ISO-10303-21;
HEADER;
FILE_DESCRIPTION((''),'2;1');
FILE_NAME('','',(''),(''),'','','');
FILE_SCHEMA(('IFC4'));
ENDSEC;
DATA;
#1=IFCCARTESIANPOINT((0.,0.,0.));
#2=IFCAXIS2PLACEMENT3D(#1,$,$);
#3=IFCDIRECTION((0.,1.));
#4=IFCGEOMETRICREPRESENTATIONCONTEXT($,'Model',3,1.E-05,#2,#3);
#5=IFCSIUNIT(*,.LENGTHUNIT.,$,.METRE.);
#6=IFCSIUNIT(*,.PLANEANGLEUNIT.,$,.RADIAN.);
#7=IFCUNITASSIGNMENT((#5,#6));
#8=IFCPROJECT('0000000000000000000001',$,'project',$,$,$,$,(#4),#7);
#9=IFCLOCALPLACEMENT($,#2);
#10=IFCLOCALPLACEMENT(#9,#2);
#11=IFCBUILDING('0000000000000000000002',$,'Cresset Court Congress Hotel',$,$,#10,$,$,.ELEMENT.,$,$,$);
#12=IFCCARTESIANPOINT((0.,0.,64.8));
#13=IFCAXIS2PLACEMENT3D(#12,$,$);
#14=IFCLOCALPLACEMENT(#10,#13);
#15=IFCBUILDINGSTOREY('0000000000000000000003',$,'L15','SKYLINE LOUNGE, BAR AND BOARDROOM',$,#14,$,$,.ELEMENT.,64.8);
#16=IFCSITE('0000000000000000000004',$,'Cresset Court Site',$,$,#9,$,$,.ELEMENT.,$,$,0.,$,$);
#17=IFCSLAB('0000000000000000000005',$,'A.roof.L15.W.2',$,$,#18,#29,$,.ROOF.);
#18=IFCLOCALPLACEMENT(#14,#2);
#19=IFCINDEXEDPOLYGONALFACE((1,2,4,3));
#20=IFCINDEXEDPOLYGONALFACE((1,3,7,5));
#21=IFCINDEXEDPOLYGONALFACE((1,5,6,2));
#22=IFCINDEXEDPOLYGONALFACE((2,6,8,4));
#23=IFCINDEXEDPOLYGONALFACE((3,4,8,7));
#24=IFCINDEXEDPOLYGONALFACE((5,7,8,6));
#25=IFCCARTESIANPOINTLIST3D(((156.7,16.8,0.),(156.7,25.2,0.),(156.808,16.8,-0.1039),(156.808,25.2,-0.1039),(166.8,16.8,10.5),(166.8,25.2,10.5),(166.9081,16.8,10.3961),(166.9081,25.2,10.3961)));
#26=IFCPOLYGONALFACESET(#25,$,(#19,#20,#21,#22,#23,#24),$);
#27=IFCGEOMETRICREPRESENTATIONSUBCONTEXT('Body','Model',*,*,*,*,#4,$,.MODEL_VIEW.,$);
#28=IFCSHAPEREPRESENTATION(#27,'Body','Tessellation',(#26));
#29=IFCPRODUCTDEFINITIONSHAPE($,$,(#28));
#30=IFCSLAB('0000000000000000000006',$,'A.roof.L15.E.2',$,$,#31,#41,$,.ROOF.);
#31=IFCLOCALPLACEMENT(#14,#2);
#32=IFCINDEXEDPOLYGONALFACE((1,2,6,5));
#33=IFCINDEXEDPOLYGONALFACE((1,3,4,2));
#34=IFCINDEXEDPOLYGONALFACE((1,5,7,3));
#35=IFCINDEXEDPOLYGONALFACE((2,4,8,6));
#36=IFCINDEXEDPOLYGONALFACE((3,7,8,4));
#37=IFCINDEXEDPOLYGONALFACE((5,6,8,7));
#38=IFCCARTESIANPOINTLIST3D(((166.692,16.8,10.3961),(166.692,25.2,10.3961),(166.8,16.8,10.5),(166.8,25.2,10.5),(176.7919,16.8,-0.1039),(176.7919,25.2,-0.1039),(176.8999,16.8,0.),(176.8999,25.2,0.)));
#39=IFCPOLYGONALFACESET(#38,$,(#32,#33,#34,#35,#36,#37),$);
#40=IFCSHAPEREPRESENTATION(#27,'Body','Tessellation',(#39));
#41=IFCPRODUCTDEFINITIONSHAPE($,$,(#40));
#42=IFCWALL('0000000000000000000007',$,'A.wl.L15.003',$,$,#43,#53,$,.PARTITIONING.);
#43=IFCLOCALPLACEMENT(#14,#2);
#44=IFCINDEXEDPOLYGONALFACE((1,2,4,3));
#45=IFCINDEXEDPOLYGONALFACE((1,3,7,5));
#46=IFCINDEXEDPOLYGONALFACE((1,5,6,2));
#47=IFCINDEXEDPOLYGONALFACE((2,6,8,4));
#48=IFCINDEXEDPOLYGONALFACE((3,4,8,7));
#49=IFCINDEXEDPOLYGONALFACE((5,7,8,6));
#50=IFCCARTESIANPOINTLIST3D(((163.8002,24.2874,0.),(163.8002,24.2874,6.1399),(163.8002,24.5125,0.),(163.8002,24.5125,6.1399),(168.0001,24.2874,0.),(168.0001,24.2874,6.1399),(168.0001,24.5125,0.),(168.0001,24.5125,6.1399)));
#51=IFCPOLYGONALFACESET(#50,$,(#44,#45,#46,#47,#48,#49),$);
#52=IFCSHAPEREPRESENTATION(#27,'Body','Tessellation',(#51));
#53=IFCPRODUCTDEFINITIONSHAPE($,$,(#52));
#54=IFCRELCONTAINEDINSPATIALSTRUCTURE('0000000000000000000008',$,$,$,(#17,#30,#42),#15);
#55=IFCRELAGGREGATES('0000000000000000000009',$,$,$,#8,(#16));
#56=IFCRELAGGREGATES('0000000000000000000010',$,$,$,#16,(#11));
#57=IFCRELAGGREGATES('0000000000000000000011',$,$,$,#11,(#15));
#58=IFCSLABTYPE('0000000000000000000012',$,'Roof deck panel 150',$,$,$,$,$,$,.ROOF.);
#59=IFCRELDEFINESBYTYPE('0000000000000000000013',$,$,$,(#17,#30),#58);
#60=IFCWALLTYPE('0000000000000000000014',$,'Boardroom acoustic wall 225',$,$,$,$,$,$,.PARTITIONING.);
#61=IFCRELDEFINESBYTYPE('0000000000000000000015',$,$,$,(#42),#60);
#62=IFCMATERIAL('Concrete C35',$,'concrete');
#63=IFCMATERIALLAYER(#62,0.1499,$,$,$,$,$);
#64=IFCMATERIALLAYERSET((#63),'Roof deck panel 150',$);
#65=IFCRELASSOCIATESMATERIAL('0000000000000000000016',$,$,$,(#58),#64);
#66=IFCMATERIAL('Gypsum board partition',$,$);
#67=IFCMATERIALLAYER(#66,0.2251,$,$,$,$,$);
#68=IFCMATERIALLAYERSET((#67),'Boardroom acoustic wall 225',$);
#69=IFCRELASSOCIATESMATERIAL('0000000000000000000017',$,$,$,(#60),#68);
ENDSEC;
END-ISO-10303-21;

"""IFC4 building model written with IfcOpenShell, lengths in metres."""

from ifc_helpers import new_model, si_unit, direction, frame, frame_2d, origin, place, context, subcontext, project, spatial, polyline, rectangle, outline, extrude, material, layer, layer_set, type_object, element, save


model = new_model("IFC4")

# Units and contexts
model_context = context("Model", 3, precision=1e-05, world=origin(), true_north=direction((0.0, 1.0)))
body_context = subcontext(model_context, "Body", "Model", "MODEL_VIEW")
ifc_project = project(units=[si_unit("LENGTHUNIT", "METRE"), si_unit("PLANEANGLEUNIT", "RADIAN")], contexts=[model_context])

# Site, building, storey
site_placement = place(None, origin())
site = spatial("IfcSite", under=ifc_project, at=site_placement, Name="Cresset Court Site", CompositionType="ELEMENT", RefElevation=0.0)
building_placement = place(site_placement, origin())
building = spatial("IfcBuilding", under=site, at=building_placement, Name="Cresset Court Congress Hotel", CompositionType="ELEMENT")
storey_placement = place(building_placement, frame((0.0, 0.0, 64.8)))
storey = spatial("IfcBuildingStorey", under=building, at=storey_placement, Name="L15", Description="SKYLINE LOUNGE, BAR AND BOARDROOM", CompositionType="ELEMENT", Elevation=64.8)

# Slabs
ifc_material_1 = material(Name="Concrete C35", Category="concrete")
ifc_layer_1 = layer(ifc_material_1, 0.1499)
ifc_layer_set_1 = layer_set([ifc_layer_1], Name="Roof deck panel 150")
slab_type = type_object("IfcSlabType", Name="Roof deck panel 150", PredefinedType="ROOF", material=ifc_layer_set_1)
slab_1_placement = place(storey_placement, frame((166.8, 16.8, 10.5), z_axis=(-0.720698, 0.0, 0.693249), x_axis=(-0.693249, 0.0, -0.720698)))
element("IfcSlab", 1, at=slab_1_placement, inside=storey, type_object=slab_type, Name="A.roof.L15.W.2", PredefinedType="ROOF", context=body_context, shape_type="SweptSolid", body=[
    extrude(outline(polyline([(0.0, 0.0), (14.5692, 0.0), (14.5692, -8.3999), (0.0, -8.3999), (0.0, 0.0)])), origin(), (0.0, 0.0, -1.0), 0.1499),
])
slab_2_placement = place(storey_placement, frame((166.8, 16.8, 10.5), z_axis=(0.720706, 0.0, 0.693241), x_axis=(0.693241, 0.0, -0.720706)))
element("IfcSlab", 2, at=slab_2_placement, inside=storey, type_object=slab_type, Name="A.roof.L15.E.2", PredefinedType="ROOF", context=body_context, shape_type="SweptSolid", body=[
    extrude(outline(polyline([(0.0, 0.0), (14.569, 0.0), (14.569, 8.3999), (0.0, 8.3999), (0.0, 0.0)])), origin(), (0.0, 0.0, -1.0), 0.1499),
])

# Wall
ifc_material_2 = material(Name="Gypsum board partition")
ifc_layer_2 = layer(ifc_material_2, 0.2251)
ifc_layer_set_2 = layer_set([ifc_layer_2], Name="Boardroom acoustic wall 225")
wall_type = type_object("IfcWallType", Name="Boardroom acoustic wall 225", PredefinedType="PARTITIONING", material=ifc_layer_set_2)
wall_placement = place(storey_placement, frame((163.8, 24.3999, 0.0), z_axis=(0.0, 0.0, 1.0), x_axis=(1.0, 0.0, 0.0)))
element("IfcWall", 3, at=wall_placement, inside=storey, type_object=wall_type, Name="A.wl.L15.003", PredefinedType="PARTITIONING", context=body_context, shape_type="SweptSolid", body=[
    extrude(rectangle(XDim=4.2, YDim=0.2251, at=frame_2d((2.1001, 0.0))), origin(), (0.0, 0.0, 1.0), 6.1399),
])

save(model, "model.ifc")
